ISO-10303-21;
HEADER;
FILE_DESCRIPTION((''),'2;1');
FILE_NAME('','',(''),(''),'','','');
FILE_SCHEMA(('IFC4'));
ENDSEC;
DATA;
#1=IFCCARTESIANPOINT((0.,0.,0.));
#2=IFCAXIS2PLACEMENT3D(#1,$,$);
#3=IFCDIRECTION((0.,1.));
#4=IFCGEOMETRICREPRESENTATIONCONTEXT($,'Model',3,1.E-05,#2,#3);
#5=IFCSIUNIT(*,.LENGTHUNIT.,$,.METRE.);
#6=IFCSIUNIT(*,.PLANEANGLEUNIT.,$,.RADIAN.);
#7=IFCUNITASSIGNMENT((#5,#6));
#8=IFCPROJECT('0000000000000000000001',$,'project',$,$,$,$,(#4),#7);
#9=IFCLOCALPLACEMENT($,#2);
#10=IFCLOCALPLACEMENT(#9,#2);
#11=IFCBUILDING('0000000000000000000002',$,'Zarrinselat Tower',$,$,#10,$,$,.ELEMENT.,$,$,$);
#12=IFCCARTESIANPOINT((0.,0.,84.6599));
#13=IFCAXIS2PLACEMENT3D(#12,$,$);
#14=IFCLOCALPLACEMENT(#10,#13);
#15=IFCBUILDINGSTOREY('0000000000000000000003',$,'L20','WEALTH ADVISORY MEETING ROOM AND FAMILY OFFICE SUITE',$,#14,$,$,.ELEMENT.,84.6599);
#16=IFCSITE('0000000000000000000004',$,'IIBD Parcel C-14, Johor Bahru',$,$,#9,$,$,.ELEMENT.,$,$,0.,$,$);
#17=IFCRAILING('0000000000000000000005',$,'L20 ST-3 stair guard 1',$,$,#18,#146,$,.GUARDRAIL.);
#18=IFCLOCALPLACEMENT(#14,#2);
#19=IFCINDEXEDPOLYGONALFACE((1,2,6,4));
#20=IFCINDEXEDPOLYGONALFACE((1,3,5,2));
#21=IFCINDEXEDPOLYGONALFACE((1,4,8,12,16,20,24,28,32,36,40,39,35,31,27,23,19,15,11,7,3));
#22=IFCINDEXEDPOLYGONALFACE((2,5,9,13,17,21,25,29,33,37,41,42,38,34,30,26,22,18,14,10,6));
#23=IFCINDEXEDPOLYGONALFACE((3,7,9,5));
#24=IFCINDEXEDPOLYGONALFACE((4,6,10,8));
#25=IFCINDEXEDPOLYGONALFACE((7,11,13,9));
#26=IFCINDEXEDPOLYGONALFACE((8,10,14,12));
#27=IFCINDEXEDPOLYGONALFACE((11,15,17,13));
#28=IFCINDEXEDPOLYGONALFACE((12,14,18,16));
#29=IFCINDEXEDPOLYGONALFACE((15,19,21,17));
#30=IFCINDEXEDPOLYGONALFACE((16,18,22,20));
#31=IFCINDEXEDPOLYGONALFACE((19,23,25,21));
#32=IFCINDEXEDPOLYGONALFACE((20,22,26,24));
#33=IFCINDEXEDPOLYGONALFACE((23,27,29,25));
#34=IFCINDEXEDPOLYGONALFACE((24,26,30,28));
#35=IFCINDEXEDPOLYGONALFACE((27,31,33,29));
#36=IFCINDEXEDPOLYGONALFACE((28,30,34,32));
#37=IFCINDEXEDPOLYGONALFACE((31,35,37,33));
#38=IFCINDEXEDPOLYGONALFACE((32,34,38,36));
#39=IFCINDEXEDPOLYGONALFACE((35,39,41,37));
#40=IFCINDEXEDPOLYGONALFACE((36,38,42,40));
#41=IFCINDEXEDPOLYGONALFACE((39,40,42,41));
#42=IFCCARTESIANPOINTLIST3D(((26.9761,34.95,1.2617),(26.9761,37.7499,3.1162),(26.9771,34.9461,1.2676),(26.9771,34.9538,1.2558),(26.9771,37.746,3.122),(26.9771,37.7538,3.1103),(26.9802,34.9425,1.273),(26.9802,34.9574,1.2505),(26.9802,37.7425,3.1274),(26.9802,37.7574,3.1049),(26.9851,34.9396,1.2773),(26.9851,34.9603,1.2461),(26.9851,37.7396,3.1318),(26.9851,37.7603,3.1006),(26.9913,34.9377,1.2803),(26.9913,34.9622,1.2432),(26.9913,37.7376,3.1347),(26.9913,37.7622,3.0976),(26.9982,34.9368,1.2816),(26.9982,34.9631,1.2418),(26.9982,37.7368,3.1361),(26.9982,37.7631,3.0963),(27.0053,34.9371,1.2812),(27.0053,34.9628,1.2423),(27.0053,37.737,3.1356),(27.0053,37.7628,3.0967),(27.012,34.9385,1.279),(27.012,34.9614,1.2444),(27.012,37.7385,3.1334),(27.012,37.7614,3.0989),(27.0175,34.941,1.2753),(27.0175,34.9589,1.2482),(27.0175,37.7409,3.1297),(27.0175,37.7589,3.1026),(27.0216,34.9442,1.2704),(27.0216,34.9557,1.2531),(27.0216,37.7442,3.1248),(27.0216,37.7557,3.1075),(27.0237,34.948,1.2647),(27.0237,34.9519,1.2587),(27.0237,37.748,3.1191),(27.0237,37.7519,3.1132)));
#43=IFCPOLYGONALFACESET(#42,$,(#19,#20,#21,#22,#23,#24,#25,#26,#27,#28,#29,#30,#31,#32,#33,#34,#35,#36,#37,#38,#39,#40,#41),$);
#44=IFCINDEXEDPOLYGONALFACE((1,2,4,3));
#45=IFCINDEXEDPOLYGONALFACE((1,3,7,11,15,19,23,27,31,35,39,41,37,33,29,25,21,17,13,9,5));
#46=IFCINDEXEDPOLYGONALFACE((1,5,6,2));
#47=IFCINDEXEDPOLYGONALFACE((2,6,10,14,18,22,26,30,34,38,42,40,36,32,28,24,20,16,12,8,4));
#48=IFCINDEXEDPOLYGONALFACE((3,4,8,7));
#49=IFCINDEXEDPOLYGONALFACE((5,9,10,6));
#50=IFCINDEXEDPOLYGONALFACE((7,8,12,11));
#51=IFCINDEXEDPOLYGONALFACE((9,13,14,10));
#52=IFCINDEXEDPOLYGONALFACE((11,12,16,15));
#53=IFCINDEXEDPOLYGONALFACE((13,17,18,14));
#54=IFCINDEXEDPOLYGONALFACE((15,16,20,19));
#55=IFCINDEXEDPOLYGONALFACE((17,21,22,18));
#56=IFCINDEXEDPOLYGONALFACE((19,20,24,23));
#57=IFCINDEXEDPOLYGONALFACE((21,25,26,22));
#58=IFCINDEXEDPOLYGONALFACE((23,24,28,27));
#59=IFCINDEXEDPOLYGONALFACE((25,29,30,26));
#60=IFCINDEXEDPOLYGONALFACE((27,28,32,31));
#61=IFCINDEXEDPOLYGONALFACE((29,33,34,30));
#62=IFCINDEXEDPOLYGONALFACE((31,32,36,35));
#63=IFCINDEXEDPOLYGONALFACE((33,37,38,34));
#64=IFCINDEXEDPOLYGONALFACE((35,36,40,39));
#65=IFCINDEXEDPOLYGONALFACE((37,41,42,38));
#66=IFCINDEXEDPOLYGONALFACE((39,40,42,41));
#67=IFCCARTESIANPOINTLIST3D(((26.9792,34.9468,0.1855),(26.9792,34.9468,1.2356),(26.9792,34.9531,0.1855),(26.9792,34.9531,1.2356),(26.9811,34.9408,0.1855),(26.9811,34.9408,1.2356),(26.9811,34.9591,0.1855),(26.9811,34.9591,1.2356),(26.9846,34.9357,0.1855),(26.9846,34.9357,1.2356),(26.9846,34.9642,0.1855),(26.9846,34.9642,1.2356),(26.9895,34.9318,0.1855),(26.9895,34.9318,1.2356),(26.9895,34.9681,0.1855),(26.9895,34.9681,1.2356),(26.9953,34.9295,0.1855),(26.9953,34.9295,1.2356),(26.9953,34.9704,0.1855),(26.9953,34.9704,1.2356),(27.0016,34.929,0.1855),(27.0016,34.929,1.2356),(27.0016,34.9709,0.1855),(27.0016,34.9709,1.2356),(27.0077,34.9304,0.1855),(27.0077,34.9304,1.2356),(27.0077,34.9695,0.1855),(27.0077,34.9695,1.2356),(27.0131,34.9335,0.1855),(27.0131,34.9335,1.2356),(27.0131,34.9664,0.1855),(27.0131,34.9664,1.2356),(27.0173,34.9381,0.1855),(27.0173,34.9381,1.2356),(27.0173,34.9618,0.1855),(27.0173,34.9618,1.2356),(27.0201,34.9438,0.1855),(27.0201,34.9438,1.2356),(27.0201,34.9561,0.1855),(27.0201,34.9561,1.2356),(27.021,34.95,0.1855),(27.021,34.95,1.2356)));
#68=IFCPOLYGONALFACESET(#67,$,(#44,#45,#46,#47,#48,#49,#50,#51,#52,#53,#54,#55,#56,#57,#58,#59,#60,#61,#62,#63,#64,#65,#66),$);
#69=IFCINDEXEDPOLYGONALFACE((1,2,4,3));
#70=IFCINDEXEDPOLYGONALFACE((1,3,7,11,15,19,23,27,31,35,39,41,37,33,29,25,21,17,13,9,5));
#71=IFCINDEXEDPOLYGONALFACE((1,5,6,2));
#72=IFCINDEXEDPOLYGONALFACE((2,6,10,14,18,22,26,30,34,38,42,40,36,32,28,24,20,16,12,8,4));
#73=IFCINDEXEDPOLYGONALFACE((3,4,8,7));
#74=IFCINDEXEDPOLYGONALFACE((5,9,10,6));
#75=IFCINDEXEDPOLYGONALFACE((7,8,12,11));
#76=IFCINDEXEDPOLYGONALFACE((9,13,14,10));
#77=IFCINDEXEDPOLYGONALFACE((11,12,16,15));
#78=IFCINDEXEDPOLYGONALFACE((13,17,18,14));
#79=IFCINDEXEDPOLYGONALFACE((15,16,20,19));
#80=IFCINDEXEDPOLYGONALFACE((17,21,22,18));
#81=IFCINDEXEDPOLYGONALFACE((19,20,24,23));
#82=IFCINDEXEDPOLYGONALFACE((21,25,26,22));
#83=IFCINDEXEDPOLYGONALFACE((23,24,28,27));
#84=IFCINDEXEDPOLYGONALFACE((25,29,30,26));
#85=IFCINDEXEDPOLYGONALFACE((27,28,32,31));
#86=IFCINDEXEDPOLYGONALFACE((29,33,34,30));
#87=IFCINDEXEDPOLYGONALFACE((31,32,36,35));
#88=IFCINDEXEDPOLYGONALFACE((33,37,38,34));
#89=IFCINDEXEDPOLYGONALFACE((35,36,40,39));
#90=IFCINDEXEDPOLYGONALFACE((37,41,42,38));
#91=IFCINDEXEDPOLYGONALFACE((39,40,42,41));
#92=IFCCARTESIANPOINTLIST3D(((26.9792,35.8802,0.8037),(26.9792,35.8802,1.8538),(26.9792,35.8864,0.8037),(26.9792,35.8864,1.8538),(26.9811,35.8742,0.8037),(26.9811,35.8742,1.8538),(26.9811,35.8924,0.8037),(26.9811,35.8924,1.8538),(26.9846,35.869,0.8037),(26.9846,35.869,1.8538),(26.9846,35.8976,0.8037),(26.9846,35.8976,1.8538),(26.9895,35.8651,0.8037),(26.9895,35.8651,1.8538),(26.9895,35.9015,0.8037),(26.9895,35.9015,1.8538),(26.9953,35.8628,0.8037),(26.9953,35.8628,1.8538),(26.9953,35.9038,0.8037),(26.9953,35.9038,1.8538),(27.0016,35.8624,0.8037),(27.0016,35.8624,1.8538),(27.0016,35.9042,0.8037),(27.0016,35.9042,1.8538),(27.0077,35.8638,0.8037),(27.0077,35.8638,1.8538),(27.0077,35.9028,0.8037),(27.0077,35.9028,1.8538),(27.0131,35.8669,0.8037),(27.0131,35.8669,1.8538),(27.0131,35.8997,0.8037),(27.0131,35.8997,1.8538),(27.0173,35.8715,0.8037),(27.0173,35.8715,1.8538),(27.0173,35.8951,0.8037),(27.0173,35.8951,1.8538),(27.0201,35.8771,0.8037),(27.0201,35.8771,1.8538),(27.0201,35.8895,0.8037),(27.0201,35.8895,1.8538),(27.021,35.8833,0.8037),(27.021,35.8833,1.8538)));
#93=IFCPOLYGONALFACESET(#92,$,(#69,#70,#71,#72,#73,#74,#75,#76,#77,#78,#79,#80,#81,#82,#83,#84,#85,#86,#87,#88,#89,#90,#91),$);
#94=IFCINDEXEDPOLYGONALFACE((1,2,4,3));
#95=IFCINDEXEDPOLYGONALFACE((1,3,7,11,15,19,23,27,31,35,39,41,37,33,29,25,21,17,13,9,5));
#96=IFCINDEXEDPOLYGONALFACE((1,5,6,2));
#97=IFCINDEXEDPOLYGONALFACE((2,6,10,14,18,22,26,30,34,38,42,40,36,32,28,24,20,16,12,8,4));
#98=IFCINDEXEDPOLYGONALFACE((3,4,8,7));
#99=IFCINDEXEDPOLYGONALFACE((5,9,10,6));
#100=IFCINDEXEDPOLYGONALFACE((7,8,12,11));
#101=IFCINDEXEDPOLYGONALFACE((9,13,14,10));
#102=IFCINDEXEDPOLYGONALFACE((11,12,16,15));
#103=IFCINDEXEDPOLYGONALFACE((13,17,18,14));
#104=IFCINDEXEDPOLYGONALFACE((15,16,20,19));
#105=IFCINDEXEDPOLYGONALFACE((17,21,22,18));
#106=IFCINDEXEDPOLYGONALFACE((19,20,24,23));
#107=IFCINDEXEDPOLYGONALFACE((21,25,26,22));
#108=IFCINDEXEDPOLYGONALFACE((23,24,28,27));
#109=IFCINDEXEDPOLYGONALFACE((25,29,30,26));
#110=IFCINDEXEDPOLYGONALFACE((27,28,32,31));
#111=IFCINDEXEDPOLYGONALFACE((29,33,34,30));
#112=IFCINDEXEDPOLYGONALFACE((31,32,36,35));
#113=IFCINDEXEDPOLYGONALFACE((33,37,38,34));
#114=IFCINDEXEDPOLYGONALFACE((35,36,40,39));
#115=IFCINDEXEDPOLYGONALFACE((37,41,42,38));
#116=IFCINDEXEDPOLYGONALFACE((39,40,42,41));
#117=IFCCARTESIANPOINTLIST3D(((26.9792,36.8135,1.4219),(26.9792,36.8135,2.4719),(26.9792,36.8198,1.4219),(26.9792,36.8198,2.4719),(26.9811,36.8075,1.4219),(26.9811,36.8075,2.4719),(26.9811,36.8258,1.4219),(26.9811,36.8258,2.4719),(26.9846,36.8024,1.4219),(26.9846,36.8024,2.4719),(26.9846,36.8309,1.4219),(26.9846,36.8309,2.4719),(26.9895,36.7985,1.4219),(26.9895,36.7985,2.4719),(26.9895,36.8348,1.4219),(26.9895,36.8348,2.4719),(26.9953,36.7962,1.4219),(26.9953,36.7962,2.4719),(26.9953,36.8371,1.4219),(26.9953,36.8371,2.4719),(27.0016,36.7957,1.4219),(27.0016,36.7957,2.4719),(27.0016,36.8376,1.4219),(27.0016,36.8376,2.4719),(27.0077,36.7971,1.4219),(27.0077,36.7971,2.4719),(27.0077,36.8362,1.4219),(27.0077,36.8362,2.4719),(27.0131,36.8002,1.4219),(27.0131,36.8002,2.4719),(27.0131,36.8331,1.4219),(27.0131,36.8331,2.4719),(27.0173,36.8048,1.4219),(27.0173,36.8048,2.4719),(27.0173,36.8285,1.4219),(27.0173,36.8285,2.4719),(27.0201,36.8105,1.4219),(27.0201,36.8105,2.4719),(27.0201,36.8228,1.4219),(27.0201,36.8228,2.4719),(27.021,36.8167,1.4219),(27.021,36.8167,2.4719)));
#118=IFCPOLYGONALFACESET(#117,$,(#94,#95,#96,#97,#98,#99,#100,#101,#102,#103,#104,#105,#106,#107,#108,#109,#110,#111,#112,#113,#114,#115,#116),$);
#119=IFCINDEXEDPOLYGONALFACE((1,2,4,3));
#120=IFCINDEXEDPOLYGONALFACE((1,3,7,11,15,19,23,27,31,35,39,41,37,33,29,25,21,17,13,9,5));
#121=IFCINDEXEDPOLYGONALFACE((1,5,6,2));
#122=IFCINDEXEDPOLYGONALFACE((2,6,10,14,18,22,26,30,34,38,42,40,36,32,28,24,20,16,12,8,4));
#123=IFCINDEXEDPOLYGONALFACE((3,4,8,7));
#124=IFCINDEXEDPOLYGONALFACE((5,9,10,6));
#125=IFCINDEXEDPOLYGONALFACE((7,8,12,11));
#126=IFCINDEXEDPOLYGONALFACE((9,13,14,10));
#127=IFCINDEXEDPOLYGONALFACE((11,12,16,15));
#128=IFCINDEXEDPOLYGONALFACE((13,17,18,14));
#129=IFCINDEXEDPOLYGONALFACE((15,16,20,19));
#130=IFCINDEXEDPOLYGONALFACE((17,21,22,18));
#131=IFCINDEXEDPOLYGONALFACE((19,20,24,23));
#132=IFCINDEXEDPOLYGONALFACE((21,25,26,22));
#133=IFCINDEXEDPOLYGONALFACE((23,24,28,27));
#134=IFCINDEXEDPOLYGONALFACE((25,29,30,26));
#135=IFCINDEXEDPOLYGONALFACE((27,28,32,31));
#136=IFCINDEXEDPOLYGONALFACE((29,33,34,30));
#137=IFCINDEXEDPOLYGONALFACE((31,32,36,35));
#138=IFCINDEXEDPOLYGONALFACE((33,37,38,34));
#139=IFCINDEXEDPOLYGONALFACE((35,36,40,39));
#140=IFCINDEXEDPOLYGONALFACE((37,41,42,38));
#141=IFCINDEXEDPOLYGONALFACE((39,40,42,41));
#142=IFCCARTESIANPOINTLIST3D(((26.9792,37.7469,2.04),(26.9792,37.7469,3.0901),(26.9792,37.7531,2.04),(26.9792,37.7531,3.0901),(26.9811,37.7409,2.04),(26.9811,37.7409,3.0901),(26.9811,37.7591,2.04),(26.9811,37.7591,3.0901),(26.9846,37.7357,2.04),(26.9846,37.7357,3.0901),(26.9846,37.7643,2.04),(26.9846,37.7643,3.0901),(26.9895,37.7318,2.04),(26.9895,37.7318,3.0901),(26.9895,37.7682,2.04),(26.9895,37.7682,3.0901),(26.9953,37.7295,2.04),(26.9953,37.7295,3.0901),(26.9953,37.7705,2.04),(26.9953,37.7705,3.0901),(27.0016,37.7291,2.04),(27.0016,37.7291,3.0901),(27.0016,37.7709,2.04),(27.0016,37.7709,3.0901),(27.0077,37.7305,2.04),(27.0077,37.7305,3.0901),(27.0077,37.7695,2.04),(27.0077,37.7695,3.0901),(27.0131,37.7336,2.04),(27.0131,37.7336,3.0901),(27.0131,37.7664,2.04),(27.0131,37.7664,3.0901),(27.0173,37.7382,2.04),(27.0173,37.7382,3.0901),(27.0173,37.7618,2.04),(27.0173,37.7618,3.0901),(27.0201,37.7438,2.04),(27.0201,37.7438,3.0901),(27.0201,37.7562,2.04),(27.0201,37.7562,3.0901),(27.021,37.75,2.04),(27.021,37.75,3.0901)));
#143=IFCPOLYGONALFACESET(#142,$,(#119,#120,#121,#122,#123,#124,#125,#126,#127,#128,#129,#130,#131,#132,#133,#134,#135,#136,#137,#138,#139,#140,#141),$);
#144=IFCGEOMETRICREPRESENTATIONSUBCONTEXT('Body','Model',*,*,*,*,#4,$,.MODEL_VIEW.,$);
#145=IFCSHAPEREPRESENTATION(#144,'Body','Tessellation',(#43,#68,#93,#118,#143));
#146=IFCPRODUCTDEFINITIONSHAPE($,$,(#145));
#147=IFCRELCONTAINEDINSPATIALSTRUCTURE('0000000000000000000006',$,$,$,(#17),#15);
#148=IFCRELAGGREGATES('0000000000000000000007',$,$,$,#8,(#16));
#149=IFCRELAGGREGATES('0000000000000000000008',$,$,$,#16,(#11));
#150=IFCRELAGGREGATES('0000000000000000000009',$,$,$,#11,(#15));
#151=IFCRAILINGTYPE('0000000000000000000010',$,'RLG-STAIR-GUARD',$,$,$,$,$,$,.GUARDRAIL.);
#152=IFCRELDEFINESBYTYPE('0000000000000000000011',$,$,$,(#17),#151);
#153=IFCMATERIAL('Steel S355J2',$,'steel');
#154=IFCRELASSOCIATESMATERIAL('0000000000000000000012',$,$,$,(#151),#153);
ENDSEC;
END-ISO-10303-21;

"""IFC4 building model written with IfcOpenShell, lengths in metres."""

from ifc_helpers import new_model, si_unit, direction, frame, origin, origin_2d, place, context, subcontext, project, spatial, circle, extrude, material, type_object, element, save


model = new_model("IFC4")

# Units and contexts
model_context = context("Model", 3, precision=1e-05, world=origin(), true_north=direction((0.0, 1.0)))
body_context = subcontext(model_context, "Body", "Model", "MODEL_VIEW")
ifc_project = project(units=[si_unit("LENGTHUNIT", "METRE"), si_unit("PLANEANGLEUNIT", "RADIAN")], contexts=[model_context])

# Site, building, storey
site_placement = place(None, origin())
site = spatial("IfcSite", under=ifc_project, at=site_placement, Name="IIBD Parcel C-14, Johor Bahru", CompositionType="ELEMENT", RefElevation=0.0)
building_placement = place(site_placement, origin())
building = spatial("IfcBuilding", under=site, at=building_placement, Name="Zarrinselat Tower", CompositionType="ELEMENT")
storey_placement = place(building_placement, frame((0.0, 0.0, 84.6599)))
storey = spatial("IfcBuildingStorey", under=building, at=storey_placement, Name="L20", Description="WEALTH ADVISORY MEETING ROOM AND FAMILY OFFICE SUITE", CompositionType="ELEMENT", Elevation=84.6599)

# Railing
ifc_material_1 = material(Name="Steel S355J2", Category="steel")
railing_type_1 = type_object("IfcRailingType", Name="RLG-STAIR-GUARD", PredefinedType="GUARDRAIL", material=ifc_material_1)
railing_1_placement = place(storey_placement, frame((27.0, 34.95, 0.1855)))
element("IfcRailing", 1, at=railing_1_placement, inside=storey, type_object=railing_type_1, Name="L20 ST-3 stair guard 1", PredefinedType="GUARDRAIL", context=body_context, shape_type="SweptSolid", body=[
    extrude(circle(Radius=0.0239, at=origin_2d()), frame((0.0, 0.0, 1.0762), z_axis=(0.0, 0.833724, 0.552181), x_axis=(-1.0, 0.0, 0.0)), (0.0, 0.0, 1.0), 3.3584),
    extrude(circle(Radius=0.021, at=origin_2d()), origin(), (0.0, 0.0, 1.0), 1.05),
    extrude(circle(Radius=0.021, at=origin_2d()), frame((0.0, 0.9333, 0.6182)), (0.0, 0.0, 1.0), 1.05),
    extrude(circle(Radius=0.021, at=origin_2d()), frame((0.0, 1.8667, 1.2363)), (0.0, 0.0, 1.0), 1.05),
    extrude(circle(Radius=0.021, at=origin_2d()), frame((0.0, 2.8, 1.8545)), (0.0, 0.0, 1.0), 1.05),
])

save(model, "model.ifc")
